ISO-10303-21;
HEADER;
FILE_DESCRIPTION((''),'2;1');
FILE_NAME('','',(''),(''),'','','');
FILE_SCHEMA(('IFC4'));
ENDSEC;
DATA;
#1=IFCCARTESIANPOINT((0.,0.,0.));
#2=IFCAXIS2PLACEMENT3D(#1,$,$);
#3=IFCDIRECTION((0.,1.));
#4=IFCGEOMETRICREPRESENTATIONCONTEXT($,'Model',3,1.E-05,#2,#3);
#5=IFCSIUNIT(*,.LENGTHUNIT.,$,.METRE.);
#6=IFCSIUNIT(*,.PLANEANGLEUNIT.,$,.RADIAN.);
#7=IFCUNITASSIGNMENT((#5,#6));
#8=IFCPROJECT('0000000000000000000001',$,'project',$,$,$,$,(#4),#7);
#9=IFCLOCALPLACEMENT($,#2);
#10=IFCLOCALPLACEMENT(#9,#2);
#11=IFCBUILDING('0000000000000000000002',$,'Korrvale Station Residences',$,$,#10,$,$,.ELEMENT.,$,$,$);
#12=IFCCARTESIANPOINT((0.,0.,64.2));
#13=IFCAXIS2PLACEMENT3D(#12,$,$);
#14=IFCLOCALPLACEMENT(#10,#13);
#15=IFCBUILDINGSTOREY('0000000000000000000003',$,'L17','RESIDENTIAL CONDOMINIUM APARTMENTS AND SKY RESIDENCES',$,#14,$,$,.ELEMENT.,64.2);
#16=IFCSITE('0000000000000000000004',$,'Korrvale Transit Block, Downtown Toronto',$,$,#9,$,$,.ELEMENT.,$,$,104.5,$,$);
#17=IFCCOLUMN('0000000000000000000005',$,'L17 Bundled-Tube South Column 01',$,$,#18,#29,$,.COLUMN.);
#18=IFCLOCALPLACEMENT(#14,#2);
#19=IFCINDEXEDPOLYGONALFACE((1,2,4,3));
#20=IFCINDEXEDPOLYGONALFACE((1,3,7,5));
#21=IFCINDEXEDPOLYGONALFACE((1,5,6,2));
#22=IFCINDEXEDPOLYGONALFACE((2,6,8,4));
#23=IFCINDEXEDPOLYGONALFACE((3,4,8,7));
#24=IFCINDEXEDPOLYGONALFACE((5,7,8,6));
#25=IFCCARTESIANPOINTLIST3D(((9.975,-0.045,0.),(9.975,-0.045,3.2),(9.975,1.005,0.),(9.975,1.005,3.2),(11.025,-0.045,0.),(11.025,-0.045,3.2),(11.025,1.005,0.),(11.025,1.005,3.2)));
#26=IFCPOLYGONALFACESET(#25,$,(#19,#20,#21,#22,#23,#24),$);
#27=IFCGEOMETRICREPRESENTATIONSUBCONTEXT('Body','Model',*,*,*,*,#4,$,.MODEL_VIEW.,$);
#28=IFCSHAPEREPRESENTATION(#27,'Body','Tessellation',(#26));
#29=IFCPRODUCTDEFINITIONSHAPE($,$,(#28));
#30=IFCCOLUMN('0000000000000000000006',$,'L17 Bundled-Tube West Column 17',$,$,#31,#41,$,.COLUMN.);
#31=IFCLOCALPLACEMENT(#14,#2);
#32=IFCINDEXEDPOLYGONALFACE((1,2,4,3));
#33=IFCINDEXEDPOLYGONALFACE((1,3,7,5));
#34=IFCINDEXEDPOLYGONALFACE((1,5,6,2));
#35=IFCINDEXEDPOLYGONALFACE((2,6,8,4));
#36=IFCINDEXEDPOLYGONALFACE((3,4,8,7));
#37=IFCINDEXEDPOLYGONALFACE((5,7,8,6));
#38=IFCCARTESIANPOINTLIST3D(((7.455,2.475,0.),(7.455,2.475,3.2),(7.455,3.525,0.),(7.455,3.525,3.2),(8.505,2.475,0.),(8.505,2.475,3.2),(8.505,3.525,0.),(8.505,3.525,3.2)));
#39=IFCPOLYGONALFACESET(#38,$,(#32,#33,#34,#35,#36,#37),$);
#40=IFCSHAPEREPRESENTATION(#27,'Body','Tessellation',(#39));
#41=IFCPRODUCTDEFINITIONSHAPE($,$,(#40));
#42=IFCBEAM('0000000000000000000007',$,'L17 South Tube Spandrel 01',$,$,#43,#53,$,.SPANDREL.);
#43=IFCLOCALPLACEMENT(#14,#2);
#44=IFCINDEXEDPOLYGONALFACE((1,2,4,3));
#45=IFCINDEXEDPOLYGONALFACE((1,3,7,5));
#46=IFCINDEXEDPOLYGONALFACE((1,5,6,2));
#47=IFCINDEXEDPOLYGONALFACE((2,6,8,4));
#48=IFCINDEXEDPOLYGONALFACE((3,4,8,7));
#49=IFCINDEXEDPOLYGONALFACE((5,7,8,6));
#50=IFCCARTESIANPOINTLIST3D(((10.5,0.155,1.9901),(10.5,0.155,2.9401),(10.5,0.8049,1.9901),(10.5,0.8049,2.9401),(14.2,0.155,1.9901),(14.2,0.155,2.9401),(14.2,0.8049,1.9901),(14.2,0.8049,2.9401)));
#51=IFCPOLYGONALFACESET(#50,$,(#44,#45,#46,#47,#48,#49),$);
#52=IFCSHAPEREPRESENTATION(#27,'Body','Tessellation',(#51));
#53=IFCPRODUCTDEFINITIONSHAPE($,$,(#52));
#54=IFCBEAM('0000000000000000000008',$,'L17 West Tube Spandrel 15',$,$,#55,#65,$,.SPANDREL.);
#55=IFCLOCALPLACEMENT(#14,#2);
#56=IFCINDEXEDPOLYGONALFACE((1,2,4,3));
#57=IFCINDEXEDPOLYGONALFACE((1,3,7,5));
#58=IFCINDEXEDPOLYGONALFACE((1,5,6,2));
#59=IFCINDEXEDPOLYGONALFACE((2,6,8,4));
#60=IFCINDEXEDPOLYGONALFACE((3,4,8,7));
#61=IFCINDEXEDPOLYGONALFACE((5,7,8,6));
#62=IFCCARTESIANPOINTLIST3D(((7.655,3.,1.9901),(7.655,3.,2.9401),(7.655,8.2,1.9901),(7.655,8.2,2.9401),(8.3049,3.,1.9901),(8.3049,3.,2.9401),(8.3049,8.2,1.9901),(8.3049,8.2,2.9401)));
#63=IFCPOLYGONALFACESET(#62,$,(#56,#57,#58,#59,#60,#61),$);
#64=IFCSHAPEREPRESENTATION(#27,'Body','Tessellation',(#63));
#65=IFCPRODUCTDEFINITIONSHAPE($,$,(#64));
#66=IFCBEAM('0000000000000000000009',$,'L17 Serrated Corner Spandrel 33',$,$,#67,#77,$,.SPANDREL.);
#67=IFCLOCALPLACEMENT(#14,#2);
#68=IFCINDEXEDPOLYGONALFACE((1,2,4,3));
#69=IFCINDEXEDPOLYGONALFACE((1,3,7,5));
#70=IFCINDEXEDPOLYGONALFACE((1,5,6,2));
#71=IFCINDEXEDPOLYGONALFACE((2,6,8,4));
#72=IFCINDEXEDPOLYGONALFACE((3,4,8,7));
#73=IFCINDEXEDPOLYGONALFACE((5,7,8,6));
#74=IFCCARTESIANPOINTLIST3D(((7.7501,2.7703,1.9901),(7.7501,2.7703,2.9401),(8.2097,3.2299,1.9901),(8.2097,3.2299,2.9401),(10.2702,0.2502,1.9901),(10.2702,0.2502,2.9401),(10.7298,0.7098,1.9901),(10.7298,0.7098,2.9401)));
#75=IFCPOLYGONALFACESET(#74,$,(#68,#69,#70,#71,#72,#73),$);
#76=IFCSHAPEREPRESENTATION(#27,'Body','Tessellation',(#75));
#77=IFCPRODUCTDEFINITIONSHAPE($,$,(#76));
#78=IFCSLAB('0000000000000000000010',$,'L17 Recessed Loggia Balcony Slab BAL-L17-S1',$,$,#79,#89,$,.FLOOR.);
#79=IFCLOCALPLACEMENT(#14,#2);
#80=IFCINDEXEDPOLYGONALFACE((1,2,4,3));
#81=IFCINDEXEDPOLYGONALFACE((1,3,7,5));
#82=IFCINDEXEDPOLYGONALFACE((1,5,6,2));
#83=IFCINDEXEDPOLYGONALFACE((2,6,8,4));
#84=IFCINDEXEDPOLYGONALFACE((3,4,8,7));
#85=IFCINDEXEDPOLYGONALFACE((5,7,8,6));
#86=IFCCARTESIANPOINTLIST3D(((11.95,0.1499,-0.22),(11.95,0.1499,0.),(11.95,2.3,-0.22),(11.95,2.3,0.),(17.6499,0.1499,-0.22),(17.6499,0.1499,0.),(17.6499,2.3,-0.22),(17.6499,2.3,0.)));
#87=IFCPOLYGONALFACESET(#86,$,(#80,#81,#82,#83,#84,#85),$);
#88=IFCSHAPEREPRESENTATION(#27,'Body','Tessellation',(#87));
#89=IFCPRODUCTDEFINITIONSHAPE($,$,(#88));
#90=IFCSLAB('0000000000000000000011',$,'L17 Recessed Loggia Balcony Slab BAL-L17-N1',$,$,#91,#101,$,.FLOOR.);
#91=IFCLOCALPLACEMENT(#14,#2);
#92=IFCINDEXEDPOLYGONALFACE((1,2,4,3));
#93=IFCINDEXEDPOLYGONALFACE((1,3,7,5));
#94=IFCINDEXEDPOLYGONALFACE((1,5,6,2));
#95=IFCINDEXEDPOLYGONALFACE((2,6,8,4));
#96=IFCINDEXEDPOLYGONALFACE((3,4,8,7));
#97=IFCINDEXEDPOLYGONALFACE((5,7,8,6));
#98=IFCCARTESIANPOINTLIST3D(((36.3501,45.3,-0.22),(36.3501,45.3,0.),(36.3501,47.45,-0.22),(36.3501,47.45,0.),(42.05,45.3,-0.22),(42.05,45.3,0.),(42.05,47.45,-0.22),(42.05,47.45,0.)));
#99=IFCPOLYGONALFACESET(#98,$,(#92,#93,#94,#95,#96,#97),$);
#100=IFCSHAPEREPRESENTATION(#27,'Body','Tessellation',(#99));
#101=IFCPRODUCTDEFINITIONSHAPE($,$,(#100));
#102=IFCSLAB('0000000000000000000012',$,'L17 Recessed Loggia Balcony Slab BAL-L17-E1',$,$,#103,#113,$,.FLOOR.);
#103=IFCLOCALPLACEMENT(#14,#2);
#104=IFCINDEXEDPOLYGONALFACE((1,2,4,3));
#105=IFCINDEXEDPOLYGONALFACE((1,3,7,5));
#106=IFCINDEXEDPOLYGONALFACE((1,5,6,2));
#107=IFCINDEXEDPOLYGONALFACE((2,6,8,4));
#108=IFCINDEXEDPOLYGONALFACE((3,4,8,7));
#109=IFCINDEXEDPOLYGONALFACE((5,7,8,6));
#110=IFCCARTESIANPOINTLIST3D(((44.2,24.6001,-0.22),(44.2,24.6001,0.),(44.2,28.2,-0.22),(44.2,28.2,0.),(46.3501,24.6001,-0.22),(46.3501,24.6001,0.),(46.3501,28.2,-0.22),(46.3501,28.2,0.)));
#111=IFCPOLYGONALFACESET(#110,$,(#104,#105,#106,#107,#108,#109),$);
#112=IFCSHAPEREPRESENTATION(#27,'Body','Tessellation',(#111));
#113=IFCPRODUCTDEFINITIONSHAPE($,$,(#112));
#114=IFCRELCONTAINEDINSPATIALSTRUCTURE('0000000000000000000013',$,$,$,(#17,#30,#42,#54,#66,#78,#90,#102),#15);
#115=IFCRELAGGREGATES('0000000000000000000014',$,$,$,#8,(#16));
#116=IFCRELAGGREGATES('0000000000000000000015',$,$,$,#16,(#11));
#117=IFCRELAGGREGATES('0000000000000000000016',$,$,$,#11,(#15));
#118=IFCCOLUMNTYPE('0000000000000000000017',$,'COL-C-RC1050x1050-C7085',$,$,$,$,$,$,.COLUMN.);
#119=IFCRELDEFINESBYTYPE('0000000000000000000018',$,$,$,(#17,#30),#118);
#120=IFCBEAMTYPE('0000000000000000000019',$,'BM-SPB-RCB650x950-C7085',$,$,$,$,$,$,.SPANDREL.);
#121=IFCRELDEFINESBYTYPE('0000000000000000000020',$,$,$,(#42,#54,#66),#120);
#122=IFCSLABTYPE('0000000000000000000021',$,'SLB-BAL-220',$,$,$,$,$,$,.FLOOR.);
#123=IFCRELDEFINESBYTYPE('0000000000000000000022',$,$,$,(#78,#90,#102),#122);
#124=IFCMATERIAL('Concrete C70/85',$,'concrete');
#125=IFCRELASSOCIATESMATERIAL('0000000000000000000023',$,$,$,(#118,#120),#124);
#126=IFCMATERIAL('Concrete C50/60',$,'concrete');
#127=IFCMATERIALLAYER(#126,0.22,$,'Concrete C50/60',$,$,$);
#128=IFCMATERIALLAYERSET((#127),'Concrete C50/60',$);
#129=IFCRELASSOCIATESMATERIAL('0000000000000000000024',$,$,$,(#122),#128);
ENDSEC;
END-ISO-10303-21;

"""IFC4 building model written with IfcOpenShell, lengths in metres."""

from ifc_helpers import new_model, si_unit, direction, frame, origin, origin_2d, place, context, subcontext, project, spatial, polyline, rectangle, outline, extrude, material, layer, layer_set, material_profile, profile_set, type_object, element, save


model = new_model("IFC4")

# Units and contexts
model_context = context("Model", 3, precision=1e-05, world=origin(), true_north=direction((0.0, 1.0)))
body_context = subcontext(model_context, "Body", "Model", "MODEL_VIEW")
ifc_project = project(units=[si_unit("LENGTHUNIT", "METRE"), si_unit("PLANEANGLEUNIT", "RADIAN")], contexts=[model_context])

# Site, building, storey
site_placement = place(None, origin())
site = spatial("IfcSite", under=ifc_project, at=site_placement, Name="Korrvale Transit Block, Downtown Toronto", CompositionType="ELEMENT", RefElevation=104.5)
building_placement = place(site_placement, origin())
building = spatial("IfcBuilding", under=site, at=building_placement, Name="Korrvale Station Residences", CompositionType="ELEMENT")
storey_placement = place(building_placement, frame((0.0, 0.0, 64.2)))
storey = spatial("IfcBuildingStorey", under=building, at=storey_placement, Name="L17", Description="RESIDENTIAL CONDOMINIUM APARTMENTS AND SKY RESIDENCES", CompositionType="ELEMENT", Elevation=64.2)

# Columns
ifc_material_1 = material(Name="Concrete C70/85", Category="concrete")
ifc_material_profile_1 = material_profile(ifc_material_1, rectangle(XDim=1.05, YDim=1.05, at=origin_2d()), Name="RC1050x1050")
ifc_profile_set_1 = profile_set([ifc_material_profile_1], Name="Concrete C70/85")
column_type = type_object("IfcColumnType", Name="COL-C-RC1050x1050-C7085", PredefinedType="COLUMN", material=ifc_profile_set_1)
for number, where, z_axis, x_axis, name in (
    (1, (10.5, 0.48, 0.0), (0.0, 0.0, 1.0), (1.0, 0.0, 0.0), "L17 Bundled-Tube South Column 01"),
    (2, (7.98, 3.0, 0.0), (0.0, 0.0, 1.0), (1.0, 0.0, 0.0), "L17 Bundled-Tube West Column 17"),
):
    element("IfcColumn", number, at=place(storey_placement, frame(where, z_axis=z_axis, x_axis=x_axis)), inside=storey, type_object=column_type, Name=name, PredefinedType="COLUMN", context=body_context, shape_type="SweptSolid", body=[
        extrude(rectangle(XDim=1.05, YDim=1.05, at=origin_2d()), origin(), (0.0, 0.0, 1.0), 3.2),
    ])

# Beams
ifc_material_profile_2 = material_profile(ifc_material_1, rectangle(XDim=0.6499, YDim=0.95, at=origin_2d()), Name="RCB650x950")
ifc_profile_set_2 = profile_set([ifc_material_profile_2], Name="Concrete C70/85")
beam_type = type_object("IfcBeamType", Name="BM-SPB-RCB650x950-C7085", PredefinedType="SPANDREL", material=ifc_profile_set_2)
beam_1_placement = place(storey_placement, frame((10.5, 0.48, 2.4651), z_axis=(1.0, 0.0, 0.0), x_axis=(0.0, 1.0, 0.0)))
element("IfcBeam", 3, at=beam_1_placement, inside=storey, type_object=beam_type, Name="L17 South Tube Spandrel 01", PredefinedType="SPANDREL", context=body_context, shape_type="SweptSolid", body=[
    extrude(rectangle(XDim=0.6499, YDim=0.95, at=origin_2d()), origin(), (0.0, 0.0, 1.0), 3.7),
])
beam_2_placement = place(storey_placement, frame((7.98, 3.0, 2.4651), z_axis=(0.0, 1.0, 0.0), x_axis=(-1.0, 0.0, 0.0)))
element("IfcBeam", 4, at=beam_2_placement, inside=storey, type_object=beam_type, Name="L17 West Tube Spandrel 15", PredefinedType="SPANDREL", context=body_context, shape_type="SweptSolid", body=[
    extrude(rectangle(XDim=0.6499, YDim=0.95, at=origin_2d()), origin(), (0.0, 0.0, 1.0), 5.2),
])
beam_3_placement = place(storey_placement, frame((10.5, 0.48, 2.4651), z_axis=(-0.707107, 0.707107, 0.0), x_axis=(-0.707107, -0.707107, 0.0)))
element("IfcBeam", 5, at=beam_3_placement, inside=storey, type_object=beam_type, Name="L17 Serrated Corner Spandrel 33", PredefinedType="SPANDREL", context=body_context, shape_type="SweptSolid", body=[
    extrude(rectangle(XDim=0.6499, YDim=0.95, at=origin_2d()), origin(), (0.0, 0.0, 1.0), 3.564),
])

# Slabs
ifc_material_2 = material(Name="Concrete C50/60", Category="concrete")
ifc_layer_1 = layer(ifc_material_2, 0.22, Name="Concrete C50/60")
ifc_layer_set_1 = layer_set([ifc_layer_1], Name="Concrete C50/60")
slab_type_1 = type_object("IfcSlabType", Name="SLB-BAL-220", PredefinedType="FLOOR", material=ifc_layer_set_1)
slab_1_placement = place(storey_placement, frame((0.0, 0.0, -0.22)))
element("IfcSlab", 6, at=slab_1_placement, inside=storey, type_object=slab_type_1, Name="L17 Recessed Loggia Balcony Slab BAL-L17-S1", PredefinedType="FLOOR", context=body_context, shape_type="SweptSolid", body=[
    extrude(outline(polyline([(11.95, 0.1499), (17.6499, 0.1499), (17.6499, 2.3), (11.95, 2.3), (11.95, 0.1499)])), origin(), (0.0, 0.0, 1.0), 0.22),
])
slab_2_placement = place(storey_placement, frame((0.0, 0.0, -0.22)))
element("IfcSlab", 7, at=slab_2_placement, inside=storey, type_object=slab_type_1, Name="L17 Recessed Loggia Balcony Slab BAL-L17-N1", PredefinedType="FLOOR", context=body_context, shape_type="SweptSolid", body=[
    extrude(outline(polyline([(36.3501, 45.3), (42.05, 45.3), (42.05, 47.45), (36.3501, 47.45), (36.3501, 45.3)])), origin(), (0.0, 0.0, 1.0), 0.22),
])
slab_3_placement = place(storey_placement, frame((0.0, 0.0, -0.22)))
element("IfcSlab", 8, at=slab_3_placement, inside=storey, type_object=slab_type_1, Name="L17 Recessed Loggia Balcony Slab BAL-L17-E1", PredefinedType="FLOOR", context=body_context, shape_type="SweptSolid", body=[
    extrude(outline(polyline([(44.2, 24.6001), (46.3501, 24.6001), (46.3501, 28.2), (44.2, 28.2), (44.2, 24.6001)])), origin(), (0.0, 0.0, 1.0), 0.22),
])

save(model, "model.ifc")
